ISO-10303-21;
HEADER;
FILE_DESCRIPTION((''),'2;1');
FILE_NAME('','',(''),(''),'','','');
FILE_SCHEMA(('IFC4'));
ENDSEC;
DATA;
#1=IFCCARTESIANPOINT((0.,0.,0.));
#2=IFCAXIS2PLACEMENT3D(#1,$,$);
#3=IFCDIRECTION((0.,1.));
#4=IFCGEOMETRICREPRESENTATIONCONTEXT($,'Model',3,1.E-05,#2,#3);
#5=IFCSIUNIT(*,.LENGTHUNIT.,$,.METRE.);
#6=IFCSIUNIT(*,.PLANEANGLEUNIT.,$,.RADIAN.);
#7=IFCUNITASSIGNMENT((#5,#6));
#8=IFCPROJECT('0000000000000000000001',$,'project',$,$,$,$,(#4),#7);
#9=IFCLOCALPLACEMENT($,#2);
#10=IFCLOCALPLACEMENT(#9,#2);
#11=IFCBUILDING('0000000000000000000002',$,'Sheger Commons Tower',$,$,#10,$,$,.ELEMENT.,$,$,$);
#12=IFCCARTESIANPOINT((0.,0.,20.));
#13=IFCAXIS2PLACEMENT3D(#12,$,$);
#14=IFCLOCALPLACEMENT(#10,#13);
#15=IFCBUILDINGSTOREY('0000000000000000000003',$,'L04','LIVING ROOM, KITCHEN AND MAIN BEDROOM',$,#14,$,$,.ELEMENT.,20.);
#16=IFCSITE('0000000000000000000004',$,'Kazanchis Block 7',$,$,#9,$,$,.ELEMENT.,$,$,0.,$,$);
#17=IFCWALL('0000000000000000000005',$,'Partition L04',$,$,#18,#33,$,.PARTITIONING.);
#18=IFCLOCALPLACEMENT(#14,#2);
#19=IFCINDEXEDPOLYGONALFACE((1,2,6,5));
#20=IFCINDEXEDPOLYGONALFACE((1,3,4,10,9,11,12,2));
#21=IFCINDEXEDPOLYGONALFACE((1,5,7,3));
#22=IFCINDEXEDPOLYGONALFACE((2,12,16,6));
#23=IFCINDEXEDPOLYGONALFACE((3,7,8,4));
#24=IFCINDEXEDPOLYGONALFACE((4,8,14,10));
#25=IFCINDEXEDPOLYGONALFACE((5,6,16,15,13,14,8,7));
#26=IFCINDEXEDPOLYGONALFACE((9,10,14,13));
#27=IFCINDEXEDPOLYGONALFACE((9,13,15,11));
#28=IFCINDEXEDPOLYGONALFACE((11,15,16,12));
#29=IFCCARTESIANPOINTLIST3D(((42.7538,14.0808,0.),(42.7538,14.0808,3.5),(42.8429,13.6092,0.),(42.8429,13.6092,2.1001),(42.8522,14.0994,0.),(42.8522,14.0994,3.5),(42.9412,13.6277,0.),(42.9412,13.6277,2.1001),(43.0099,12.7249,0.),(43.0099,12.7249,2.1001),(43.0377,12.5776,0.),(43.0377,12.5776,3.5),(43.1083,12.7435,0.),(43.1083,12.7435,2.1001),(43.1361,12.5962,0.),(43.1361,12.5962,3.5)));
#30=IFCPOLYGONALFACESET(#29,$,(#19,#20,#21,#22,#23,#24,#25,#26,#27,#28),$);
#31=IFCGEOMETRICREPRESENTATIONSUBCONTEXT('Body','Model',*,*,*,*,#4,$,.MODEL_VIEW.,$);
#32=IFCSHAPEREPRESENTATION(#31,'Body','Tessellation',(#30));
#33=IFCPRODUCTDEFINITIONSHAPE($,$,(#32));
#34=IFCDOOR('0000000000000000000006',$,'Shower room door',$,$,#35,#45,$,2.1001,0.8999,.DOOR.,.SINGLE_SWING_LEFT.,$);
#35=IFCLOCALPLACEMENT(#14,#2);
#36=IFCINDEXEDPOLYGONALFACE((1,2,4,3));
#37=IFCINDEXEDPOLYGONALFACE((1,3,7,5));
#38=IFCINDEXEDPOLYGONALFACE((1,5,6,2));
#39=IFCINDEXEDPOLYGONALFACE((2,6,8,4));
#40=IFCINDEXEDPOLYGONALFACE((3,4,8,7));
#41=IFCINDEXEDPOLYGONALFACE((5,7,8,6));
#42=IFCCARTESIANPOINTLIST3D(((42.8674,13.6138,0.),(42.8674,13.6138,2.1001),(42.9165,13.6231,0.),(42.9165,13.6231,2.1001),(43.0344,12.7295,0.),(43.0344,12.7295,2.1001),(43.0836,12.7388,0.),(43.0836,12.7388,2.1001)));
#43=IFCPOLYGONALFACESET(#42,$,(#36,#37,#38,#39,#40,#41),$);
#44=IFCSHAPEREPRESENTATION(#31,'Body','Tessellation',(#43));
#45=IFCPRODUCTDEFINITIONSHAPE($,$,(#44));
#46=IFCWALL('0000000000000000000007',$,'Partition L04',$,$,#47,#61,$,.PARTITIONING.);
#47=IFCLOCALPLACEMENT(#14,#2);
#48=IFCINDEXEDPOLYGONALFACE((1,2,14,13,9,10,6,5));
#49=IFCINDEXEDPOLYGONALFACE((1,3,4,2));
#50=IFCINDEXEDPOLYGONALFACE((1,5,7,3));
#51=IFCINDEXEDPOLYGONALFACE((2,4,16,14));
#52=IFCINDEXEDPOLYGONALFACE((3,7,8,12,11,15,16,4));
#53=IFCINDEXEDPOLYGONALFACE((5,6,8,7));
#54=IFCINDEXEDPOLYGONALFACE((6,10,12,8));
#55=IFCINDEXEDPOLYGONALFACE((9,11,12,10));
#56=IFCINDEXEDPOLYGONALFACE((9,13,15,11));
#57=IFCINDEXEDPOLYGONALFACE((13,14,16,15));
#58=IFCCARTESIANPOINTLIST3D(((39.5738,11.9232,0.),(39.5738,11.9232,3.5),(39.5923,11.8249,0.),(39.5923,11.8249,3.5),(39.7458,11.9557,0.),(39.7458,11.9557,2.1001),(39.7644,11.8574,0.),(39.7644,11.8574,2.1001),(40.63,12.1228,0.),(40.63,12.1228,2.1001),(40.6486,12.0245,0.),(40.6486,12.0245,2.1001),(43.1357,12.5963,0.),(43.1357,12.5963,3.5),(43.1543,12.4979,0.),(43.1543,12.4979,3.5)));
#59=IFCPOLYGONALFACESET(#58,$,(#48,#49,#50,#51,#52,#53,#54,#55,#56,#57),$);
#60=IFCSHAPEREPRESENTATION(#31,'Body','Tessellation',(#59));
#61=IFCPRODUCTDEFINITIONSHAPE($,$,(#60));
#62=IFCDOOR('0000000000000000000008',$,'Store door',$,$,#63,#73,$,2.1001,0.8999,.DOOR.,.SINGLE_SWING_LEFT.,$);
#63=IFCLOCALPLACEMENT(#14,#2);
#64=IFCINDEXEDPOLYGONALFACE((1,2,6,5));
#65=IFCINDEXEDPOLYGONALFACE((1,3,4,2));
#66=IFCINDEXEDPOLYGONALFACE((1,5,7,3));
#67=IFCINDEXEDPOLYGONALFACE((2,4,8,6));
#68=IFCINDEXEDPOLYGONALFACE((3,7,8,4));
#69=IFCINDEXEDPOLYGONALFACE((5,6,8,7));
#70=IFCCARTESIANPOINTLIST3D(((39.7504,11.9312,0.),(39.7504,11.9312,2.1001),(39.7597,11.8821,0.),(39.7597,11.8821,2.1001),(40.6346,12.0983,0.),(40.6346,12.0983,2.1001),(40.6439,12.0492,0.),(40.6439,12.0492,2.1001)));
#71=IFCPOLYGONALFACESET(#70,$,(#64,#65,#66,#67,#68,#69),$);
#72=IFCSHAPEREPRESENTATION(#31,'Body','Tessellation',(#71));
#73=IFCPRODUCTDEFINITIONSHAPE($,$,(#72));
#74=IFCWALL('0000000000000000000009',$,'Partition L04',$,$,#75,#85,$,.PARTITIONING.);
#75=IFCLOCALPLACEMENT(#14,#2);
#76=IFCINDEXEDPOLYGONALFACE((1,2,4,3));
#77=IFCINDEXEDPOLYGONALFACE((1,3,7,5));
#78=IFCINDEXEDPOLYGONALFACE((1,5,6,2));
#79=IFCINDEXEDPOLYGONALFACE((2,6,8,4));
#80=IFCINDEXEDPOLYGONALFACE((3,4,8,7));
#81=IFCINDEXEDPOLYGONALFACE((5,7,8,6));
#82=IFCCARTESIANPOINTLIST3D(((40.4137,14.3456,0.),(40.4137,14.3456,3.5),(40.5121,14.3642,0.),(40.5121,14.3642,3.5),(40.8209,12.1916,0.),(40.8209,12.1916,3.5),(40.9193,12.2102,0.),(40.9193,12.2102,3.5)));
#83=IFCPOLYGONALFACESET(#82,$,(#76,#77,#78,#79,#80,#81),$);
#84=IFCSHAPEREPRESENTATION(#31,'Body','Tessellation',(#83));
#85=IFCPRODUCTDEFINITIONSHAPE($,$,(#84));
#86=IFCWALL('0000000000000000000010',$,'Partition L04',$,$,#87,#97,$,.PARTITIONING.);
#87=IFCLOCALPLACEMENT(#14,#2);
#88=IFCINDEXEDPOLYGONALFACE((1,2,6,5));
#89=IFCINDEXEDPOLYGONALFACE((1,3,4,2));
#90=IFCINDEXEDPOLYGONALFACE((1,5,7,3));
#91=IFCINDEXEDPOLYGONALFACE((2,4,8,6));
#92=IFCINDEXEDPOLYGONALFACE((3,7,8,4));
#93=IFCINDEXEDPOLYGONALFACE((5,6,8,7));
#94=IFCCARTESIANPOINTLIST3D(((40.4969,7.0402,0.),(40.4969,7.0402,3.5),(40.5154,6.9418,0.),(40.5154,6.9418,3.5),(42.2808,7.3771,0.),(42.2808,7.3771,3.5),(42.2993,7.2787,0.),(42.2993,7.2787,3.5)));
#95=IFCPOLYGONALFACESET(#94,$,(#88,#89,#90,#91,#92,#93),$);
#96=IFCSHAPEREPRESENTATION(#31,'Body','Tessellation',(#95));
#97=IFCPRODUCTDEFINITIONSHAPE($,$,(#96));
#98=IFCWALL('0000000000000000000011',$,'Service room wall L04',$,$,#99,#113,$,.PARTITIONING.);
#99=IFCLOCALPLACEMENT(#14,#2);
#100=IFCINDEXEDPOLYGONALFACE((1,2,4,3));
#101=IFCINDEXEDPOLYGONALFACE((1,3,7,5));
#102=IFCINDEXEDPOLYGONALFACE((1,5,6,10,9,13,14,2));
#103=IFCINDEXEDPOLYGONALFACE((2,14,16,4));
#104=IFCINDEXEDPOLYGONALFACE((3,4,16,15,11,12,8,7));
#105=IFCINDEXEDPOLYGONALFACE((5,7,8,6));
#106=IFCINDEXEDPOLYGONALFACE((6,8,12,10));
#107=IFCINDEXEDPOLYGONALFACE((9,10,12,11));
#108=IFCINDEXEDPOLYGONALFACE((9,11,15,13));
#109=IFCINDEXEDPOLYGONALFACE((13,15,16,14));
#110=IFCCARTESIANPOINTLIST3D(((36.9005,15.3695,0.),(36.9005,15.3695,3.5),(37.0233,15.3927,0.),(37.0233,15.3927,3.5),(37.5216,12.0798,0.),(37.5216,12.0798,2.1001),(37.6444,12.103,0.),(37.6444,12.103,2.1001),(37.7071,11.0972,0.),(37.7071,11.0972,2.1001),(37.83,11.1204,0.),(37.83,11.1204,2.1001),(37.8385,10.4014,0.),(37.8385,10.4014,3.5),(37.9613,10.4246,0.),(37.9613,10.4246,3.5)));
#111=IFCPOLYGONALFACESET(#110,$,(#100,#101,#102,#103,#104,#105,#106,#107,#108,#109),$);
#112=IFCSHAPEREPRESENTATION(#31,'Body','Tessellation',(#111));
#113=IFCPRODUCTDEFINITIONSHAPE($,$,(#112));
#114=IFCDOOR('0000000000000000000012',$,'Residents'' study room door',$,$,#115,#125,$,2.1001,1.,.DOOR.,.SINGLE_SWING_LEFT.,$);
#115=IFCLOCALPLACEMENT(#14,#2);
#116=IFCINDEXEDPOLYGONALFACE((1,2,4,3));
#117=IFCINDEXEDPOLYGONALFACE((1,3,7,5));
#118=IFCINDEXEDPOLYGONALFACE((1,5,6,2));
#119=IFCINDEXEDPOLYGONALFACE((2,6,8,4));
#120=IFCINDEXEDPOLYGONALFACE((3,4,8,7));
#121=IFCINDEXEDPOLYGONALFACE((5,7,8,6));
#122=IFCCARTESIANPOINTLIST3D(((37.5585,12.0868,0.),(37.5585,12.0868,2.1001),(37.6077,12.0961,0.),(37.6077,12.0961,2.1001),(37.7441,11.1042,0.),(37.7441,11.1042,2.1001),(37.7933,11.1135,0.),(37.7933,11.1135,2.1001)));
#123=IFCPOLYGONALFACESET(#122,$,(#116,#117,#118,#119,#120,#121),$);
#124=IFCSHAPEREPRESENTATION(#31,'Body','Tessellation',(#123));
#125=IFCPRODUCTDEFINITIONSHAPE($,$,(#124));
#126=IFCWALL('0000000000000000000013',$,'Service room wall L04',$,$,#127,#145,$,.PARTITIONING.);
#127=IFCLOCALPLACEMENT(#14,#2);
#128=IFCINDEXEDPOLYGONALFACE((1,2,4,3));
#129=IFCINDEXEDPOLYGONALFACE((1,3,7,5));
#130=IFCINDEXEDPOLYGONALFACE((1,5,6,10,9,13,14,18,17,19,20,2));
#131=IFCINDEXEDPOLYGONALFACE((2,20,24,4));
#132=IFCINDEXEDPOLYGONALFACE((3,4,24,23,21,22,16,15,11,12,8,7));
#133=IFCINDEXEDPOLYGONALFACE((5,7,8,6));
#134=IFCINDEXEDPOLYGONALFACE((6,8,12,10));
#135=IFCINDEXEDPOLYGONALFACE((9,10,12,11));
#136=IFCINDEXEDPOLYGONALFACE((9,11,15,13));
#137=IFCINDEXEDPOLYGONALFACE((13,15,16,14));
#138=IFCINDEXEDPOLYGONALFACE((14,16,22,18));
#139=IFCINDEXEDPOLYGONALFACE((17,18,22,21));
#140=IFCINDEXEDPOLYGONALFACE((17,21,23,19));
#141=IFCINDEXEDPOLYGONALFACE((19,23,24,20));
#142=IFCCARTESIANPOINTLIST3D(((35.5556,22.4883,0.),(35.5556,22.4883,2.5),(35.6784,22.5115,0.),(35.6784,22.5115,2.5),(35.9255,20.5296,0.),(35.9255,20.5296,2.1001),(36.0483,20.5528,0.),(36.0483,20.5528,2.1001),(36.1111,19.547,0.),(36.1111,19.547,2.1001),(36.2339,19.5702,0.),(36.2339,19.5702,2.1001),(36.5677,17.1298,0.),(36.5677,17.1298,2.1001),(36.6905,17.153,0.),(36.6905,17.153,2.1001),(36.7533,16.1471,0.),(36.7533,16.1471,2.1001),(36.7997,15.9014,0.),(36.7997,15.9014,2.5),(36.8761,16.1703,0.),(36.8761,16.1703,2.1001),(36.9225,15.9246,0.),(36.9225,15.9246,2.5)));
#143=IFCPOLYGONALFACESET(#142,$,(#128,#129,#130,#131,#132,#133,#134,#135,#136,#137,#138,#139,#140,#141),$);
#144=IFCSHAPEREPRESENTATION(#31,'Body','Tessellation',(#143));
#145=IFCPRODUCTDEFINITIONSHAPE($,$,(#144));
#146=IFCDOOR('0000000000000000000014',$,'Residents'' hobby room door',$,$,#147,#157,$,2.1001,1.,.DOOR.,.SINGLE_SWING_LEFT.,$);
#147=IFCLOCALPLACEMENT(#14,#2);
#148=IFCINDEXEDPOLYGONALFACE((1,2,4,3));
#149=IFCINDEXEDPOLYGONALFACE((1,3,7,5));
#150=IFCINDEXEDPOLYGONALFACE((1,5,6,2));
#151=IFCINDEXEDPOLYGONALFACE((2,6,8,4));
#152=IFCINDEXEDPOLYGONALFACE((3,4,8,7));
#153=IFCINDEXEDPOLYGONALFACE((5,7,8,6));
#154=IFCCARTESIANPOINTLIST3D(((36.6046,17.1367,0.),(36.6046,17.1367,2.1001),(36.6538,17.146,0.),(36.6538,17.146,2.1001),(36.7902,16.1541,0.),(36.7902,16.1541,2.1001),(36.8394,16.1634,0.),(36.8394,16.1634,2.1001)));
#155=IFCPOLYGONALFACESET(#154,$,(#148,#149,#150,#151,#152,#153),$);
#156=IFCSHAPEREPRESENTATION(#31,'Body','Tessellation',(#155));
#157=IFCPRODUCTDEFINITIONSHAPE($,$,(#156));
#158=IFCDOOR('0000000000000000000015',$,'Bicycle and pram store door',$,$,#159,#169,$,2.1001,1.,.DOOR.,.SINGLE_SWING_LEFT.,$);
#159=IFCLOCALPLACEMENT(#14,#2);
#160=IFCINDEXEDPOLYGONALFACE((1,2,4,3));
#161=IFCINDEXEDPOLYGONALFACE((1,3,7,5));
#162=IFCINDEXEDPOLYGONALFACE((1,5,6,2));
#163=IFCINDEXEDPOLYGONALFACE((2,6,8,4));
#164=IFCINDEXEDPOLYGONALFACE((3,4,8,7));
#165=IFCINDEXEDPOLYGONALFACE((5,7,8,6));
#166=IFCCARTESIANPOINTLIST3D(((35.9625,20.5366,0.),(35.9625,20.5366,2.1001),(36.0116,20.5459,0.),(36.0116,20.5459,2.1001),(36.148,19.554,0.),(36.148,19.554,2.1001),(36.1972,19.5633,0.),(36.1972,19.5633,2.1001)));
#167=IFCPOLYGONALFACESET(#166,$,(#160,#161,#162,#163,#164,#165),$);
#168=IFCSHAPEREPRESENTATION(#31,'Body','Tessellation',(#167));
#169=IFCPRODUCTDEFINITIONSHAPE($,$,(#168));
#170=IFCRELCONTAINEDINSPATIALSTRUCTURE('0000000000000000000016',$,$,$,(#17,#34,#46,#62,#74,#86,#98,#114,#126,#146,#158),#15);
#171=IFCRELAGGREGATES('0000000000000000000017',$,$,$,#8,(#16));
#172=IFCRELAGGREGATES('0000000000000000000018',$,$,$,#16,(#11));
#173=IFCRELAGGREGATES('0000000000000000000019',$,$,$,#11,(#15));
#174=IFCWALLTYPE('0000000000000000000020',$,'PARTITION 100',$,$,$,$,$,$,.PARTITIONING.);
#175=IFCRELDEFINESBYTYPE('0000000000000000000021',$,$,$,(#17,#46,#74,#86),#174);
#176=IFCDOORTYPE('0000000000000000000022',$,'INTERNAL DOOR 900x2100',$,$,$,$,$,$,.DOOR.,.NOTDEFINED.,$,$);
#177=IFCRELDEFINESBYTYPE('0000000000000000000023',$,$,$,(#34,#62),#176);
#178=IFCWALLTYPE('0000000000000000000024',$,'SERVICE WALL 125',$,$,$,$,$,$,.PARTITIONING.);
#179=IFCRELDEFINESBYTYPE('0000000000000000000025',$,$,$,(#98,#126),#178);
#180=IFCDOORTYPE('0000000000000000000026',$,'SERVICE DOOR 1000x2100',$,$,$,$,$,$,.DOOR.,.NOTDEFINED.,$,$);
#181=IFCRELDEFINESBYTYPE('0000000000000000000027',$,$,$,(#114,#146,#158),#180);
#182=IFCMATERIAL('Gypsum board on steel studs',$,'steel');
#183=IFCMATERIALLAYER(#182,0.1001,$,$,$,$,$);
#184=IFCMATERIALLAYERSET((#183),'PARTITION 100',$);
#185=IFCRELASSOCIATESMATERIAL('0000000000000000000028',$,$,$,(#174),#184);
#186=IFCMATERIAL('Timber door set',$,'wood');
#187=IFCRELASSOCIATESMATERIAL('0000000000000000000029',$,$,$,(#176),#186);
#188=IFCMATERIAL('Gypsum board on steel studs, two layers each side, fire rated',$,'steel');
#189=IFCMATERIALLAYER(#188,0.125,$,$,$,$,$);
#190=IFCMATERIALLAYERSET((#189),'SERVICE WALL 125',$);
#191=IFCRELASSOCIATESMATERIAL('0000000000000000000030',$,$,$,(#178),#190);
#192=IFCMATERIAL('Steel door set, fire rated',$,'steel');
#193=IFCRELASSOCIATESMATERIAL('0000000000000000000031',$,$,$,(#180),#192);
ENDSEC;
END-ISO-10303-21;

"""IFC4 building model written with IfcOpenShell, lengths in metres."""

from ifc_helpers import new_model, si_unit, direction, frame, frame_2d, origin, place, context, subcontext, project, spatial, rectangle, extrude, material, layer, layer_set, type_object, element, fill, save


model = new_model("IFC4")

# Units and contexts
model_context = context("Model", 3, precision=1e-05, world=origin(), true_north=direction((0.0, 1.0)))
body_context = subcontext(model_context, "Body", "Model", "MODEL_VIEW")
ifc_project = project(units=[si_unit("LENGTHUNIT", "METRE"), si_unit("PLANEANGLEUNIT", "RADIAN")], contexts=[model_context])

# Site, building, storey
site_placement = place(None, origin())
site = spatial("IfcSite", under=ifc_project, at=site_placement, Name="Kazanchis Block 7", CompositionType="ELEMENT", RefElevation=0.0)
building_placement = place(site_placement, origin())
building = spatial("IfcBuilding", under=site, at=building_placement, Name="Sheger Commons Tower", CompositionType="ELEMENT")
storey_placement = place(building_placement, frame((0.0, 0.0, 20.0)))
storey = spatial("IfcBuildingStorey", under=building, at=storey_placement, Name="L04", Description="LIVING ROOM, KITCHEN AND MAIN BEDROOM", CompositionType="ELEMENT", Elevation=20.0)

# Shared definitions
ifc_material_1 = material(Name="Gypsum board on steel studs", Category="steel")
ifc_layer_1 = layer(ifc_material_1, 0.1001)
ifc_layer_set_1 = layer_set([ifc_layer_1], Name="PARTITION 100")
wall_type_1 = type_object("IfcWallType", Name="PARTITION 100", PredefinedType="PARTITIONING", material=ifc_layer_set_1)

# Walls, openings, doors
wall_1_placement = place(storey_placement, frame((42.803, 14.0901, 0.0), z_axis=(0.0, 0.0, 1.0), x_axis=(0.185608, -0.982624, 0.0)))
wall_1 = element("IfcWall", 1, at=wall_1_placement, inside=storey, type_object=wall_type_1, Name="Partition L04", PredefinedType="PARTITIONING", context=body_context, shape_type="SweptSolid", body=[
    extrude(rectangle(XDim=1.5298, YDim=0.1001, at=frame_2d((0.7649, 0.0))), origin(), (0.0, 0.0, 1.0), 3.5),
])
opening_1_placement = place(wall_1_placement, frame((0.48, 0.0, 0.0)))
opening_1 = element("IfcOpeningElement", 2, at=opening_1_placement, cuts=wall_1, PredefinedType="OPENING", context=body_context, shape_type="SweptSolid", body=[
    extrude(rectangle(XDim=0.8999, YDim=2.1001, at=frame_2d((0.45, 1.05))), frame((0.0, 0.0601, 0.0), z_axis=(0.0, -1.0, 0.0), x_axis=(1.0, 0.0, 0.0)), (0.0, 0.0, 1.0), 0.1201),
])
ifc_material_2 = material(Name="Timber door set", Category="wood")
door_type_1 = type_object("IfcDoorType", Name="INTERNAL DOOR 900x2100", OperationType="NOTDEFINED", PredefinedType="DOOR", material=ifc_material_2)
door_1_placement = place(opening_1_placement, origin())
door_1 = element("IfcDoor", 3, at=door_1_placement, inside=storey, type_object=door_type_1, Name="Shower room door", OperationType="SINGLE_SWING_LEFT", OverallHeight=2.1001, OverallWidth=0.8999, PredefinedType="DOOR", context=body_context, shape_type="SweptSolid", body=[
    extrude(rectangle(XDim=0.8999, YDim=2.1001, at=frame_2d((0.45, 1.05))), frame((0.0, 0.0249, 0.0), z_axis=(0.0, -1.0, 0.0), x_axis=(1.0, 0.0, 0.0)), (0.0, 0.0, 1.0), 0.05),
])
fill(opening_1, door_1)
wall_2_placement = place(storey_placement, frame((43.145, 12.5471, 0.0), z_axis=(0.0, 0.0, 1.0), x_axis=(-0.98261, -0.185679, 0.0)))
wall_2 = element("IfcWall", 4, at=wall_2_placement, inside=storey, type_object=wall_type_1, Name="Partition L04", PredefinedType="PARTITIONING", context=body_context, shape_type="SweptSolid", body=[
    extrude(rectangle(XDim=3.625, YDim=0.1001, at=frame_2d((1.8125, 0.0))), origin(), (0.0, 0.0, 1.0), 3.5),
])
opening_2_placement = place(wall_2_placement, frame((2.55, 0.0, 0.0)))
opening_2 = element("IfcOpeningElement", 5, at=opening_2_placement, cuts=wall_2, PredefinedType="OPENING", context=body_context, shape_type="SweptSolid", body=[
    extrude(rectangle(XDim=0.8999, YDim=2.1001, at=frame_2d((0.45, 1.05))), frame((0.0, 0.0601, 0.0), z_axis=(0.0, -1.0, 0.0), x_axis=(1.0, 0.0, 0.0)), (0.0, 0.0, 1.0), 0.1201),
])
door_2_placement = place(opening_2_placement, origin())
door_2 = element("IfcDoor", 6, at=door_2_placement, inside=storey, type_object=door_type_1, Name="Store door", OperationType="SINGLE_SWING_LEFT", OverallHeight=2.1001, OverallWidth=0.8999, PredefinedType="DOOR", context=body_context, shape_type="SweptSolid", body=[
    extrude(rectangle(XDim=0.8999, YDim=2.1001, at=frame_2d((0.45, 1.05))), frame((0.0, 0.0249, 0.0), z_axis=(0.0, -1.0, 0.0), x_axis=(1.0, 0.0, 0.0)), (0.0, 0.0, 1.0), 0.05),
])
fill(opening_2, door_2)

# Walls
wall_3_placement = place(storey_placement, frame((40.4629, 14.355, 0.0), z_axis=(0.0, 0.0, 1.0), x_axis=(0.185761, -0.982595, 0.0)))
element("IfcWall", 7, at=wall_3_placement, inside=storey, type_object=wall_type_1, Name="Partition L04", PredefinedType="PARTITIONING", context=body_context, shape_type="SweptSolid", body=[
    extrude(rectangle(XDim=2.1921, YDim=0.1001, at=frame_2d((1.0962, 0.0))), origin(), (0.0, 0.0, 1.0), 3.5),
])
wall_4_placement = place(storey_placement, frame((42.29, 7.3279, 0.0), z_axis=(0.0, 0.0, 1.0), x_axis=(-0.982629, -0.185579, 0.0)))
element("IfcWall", 8, at=wall_4_placement, inside=storey, type_object=wall_type_1, Name="Partition L04", PredefinedType="PARTITIONING", context=body_context, shape_type="SweptSolid", body=[
    extrude(rectangle(XDim=1.8154, YDim=0.1001, at=frame_2d((0.9077, 0.0))), origin(), (0.0, 0.0, 1.0), 3.5),
])

# Wall, opening, door
ifc_material_3 = material(Name="Gypsum board on steel studs, two layers each side, fire rated", Category="steel")
ifc_layer_2 = layer(ifc_material_3, 0.125)
ifc_layer_set_2 = layer_set([ifc_layer_2], Name="SERVICE WALL 125")
wall_type_2 = type_object("IfcWallType", Name="SERVICE WALL 125", PredefinedType="PARTITIONING", material=ifc_layer_set_2)
wall_5_placement = place(storey_placement, frame((37.8999, 10.4131, 0.0), z_axis=(0.0, 0.0, 1.0), x_axis=(-0.185528, 0.982639, 0.0)))
wall_5 = element("IfcWall", 9, at=wall_5_placement, inside=storey, type_object=wall_type_2, Name="Service room wall L04", PredefinedType="PARTITIONING", context=body_context, shape_type="SweptSolid", body=[
    extrude(rectangle(XDim=5.0559, YDim=0.125, at=frame_2d((2.5278, 0.0))), origin(), (0.0, 0.0, 1.0), 3.5),
])
opening_3_placement = place(wall_5_placement, frame((0.708, 0.0, 0.0)))
opening_3 = element("IfcOpeningElement", 10, at=opening_3_placement, cuts=wall_5, PredefinedType="OPENING", context=body_context, shape_type="SweptSolid", body=[
    extrude(rectangle(XDim=1.0, YDim=2.1001, at=frame_2d((0.5, 1.05))), frame((0.0, 0.0725, 0.0), z_axis=(0.0, -1.0, 0.0), x_axis=(1.0, 0.0, 0.0)), (0.0, 0.0, 1.0), 0.145),
])
ifc_material_4 = material(Name="Steel door set, fire rated", Category="steel")
door_type_2 = type_object("IfcDoorType", Name="SERVICE DOOR 1000x2100", OperationType="NOTDEFINED", PredefinedType="DOOR", material=ifc_material_4)
door_3_placement = place(opening_3_placement, origin())
door_3 = element("IfcDoor", 11, at=door_3_placement, inside=storey, type_object=door_type_2, Name="Residents' study room door", OperationType="SINGLE_SWING_LEFT", OverallHeight=2.1001, OverallWidth=1.0, PredefinedType="DOOR", context=body_context, shape_type="SweptSolid", body=[
    extrude(rectangle(XDim=1.0, YDim=2.1001, at=frame_2d((0.5, 1.05))), frame((0.0, 0.0249, 0.0), z_axis=(0.0, -1.0, 0.0), x_axis=(1.0, 0.0, 0.0)), (0.0, 0.0, 1.0), 0.05),
])
fill(opening_3, door_3)

# Wall, openings, doors
wall_6_placement = place(storey_placement, frame((36.8611, 15.9131, 0.0), z_axis=(0.0, 0.0, 1.0), x_axis=(-0.185599, 0.982626, 0.0)))
wall_6 = element("IfcWall", 12, at=wall_6_placement, inside=storey, type_object=wall_type_2, Name="Service room wall L04", PredefinedType="PARTITIONING", context=body_context, shape_type="SweptSolid", body=[
    extrude(rectangle(XDim=6.7034, YDim=0.125, at=frame_2d((3.3516, 0.0))), origin(), (0.0, 0.0, 1.0), 2.5),
])
opening_4_placement = place(wall_6_placement, frame((0.25, 0.0, 0.0)))
opening_4 = element("IfcOpeningElement", 13, at=opening_4_placement, cuts=wall_6, PredefinedType="OPENING", context=body_context, shape_type="SweptSolid", body=[
    extrude(rectangle(XDim=1.0, YDim=2.1001, at=frame_2d((0.5, 1.05))), frame((0.0, 0.0725, 0.0), z_axis=(0.0, -1.0, 0.0), x_axis=(1.0, 0.0, 0.0)), (0.0, 0.0, 1.0), 0.145),
])
opening_5_placement = place(wall_6_placement, frame((3.71, 0.0, 0.0)))
opening_5 = element("IfcOpeningElement", 14, at=opening_5_placement, cuts=wall_6, PredefinedType="OPENING", context=body_context, shape_type="SweptSolid", body=[
    extrude(rectangle(XDim=1.0, YDim=2.1001, at=frame_2d((0.5, 1.05))), frame((0.0, 0.0725, 0.0), z_axis=(0.0, -1.0, 0.0), x_axis=(1.0, 0.0, 0.0)), (0.0, 0.0, 1.0), 0.145),
])
door_4_placement = place(opening_4_placement, origin())
door_4 = element("IfcDoor", 15, at=door_4_placement, inside=storey, type_object=door_type_2, Name="Residents' hobby room door", OperationType="SINGLE_SWING_LEFT", OverallHeight=2.1001, OverallWidth=1.0, PredefinedType="DOOR", context=body_context, shape_type="SweptSolid", body=[
    extrude(rectangle(XDim=1.0, YDim=2.1001, at=frame_2d((0.5, 1.05))), frame((0.0, 0.0249, 0.0), z_axis=(0.0, -1.0, 0.0), x_axis=(1.0, 0.0, 0.0)), (0.0, 0.0, 1.0), 0.05),
])
fill(opening_4, door_4)
door_5_placement = place(opening_5_placement, origin())
door_5 = element("IfcDoor", 16, at=door_5_placement, inside=storey, type_object=door_type_2, Name="Bicycle and pram store door", OperationType="SINGLE_SWING_LEFT", OverallHeight=2.1001, OverallWidth=1.0, PredefinedType="DOOR", context=body_context, shape_type="SweptSolid", body=[
    extrude(rectangle(XDim=1.0, YDim=2.1001, at=frame_2d((0.5, 1.05))), frame((0.0, 0.0249, 0.0), z_axis=(0.0, -1.0, 0.0), x_axis=(1.0, 0.0, 0.0)), (0.0, 0.0, 1.0), 0.05),
])
fill(opening_5, door_5)

save(model, "model.ifc")
